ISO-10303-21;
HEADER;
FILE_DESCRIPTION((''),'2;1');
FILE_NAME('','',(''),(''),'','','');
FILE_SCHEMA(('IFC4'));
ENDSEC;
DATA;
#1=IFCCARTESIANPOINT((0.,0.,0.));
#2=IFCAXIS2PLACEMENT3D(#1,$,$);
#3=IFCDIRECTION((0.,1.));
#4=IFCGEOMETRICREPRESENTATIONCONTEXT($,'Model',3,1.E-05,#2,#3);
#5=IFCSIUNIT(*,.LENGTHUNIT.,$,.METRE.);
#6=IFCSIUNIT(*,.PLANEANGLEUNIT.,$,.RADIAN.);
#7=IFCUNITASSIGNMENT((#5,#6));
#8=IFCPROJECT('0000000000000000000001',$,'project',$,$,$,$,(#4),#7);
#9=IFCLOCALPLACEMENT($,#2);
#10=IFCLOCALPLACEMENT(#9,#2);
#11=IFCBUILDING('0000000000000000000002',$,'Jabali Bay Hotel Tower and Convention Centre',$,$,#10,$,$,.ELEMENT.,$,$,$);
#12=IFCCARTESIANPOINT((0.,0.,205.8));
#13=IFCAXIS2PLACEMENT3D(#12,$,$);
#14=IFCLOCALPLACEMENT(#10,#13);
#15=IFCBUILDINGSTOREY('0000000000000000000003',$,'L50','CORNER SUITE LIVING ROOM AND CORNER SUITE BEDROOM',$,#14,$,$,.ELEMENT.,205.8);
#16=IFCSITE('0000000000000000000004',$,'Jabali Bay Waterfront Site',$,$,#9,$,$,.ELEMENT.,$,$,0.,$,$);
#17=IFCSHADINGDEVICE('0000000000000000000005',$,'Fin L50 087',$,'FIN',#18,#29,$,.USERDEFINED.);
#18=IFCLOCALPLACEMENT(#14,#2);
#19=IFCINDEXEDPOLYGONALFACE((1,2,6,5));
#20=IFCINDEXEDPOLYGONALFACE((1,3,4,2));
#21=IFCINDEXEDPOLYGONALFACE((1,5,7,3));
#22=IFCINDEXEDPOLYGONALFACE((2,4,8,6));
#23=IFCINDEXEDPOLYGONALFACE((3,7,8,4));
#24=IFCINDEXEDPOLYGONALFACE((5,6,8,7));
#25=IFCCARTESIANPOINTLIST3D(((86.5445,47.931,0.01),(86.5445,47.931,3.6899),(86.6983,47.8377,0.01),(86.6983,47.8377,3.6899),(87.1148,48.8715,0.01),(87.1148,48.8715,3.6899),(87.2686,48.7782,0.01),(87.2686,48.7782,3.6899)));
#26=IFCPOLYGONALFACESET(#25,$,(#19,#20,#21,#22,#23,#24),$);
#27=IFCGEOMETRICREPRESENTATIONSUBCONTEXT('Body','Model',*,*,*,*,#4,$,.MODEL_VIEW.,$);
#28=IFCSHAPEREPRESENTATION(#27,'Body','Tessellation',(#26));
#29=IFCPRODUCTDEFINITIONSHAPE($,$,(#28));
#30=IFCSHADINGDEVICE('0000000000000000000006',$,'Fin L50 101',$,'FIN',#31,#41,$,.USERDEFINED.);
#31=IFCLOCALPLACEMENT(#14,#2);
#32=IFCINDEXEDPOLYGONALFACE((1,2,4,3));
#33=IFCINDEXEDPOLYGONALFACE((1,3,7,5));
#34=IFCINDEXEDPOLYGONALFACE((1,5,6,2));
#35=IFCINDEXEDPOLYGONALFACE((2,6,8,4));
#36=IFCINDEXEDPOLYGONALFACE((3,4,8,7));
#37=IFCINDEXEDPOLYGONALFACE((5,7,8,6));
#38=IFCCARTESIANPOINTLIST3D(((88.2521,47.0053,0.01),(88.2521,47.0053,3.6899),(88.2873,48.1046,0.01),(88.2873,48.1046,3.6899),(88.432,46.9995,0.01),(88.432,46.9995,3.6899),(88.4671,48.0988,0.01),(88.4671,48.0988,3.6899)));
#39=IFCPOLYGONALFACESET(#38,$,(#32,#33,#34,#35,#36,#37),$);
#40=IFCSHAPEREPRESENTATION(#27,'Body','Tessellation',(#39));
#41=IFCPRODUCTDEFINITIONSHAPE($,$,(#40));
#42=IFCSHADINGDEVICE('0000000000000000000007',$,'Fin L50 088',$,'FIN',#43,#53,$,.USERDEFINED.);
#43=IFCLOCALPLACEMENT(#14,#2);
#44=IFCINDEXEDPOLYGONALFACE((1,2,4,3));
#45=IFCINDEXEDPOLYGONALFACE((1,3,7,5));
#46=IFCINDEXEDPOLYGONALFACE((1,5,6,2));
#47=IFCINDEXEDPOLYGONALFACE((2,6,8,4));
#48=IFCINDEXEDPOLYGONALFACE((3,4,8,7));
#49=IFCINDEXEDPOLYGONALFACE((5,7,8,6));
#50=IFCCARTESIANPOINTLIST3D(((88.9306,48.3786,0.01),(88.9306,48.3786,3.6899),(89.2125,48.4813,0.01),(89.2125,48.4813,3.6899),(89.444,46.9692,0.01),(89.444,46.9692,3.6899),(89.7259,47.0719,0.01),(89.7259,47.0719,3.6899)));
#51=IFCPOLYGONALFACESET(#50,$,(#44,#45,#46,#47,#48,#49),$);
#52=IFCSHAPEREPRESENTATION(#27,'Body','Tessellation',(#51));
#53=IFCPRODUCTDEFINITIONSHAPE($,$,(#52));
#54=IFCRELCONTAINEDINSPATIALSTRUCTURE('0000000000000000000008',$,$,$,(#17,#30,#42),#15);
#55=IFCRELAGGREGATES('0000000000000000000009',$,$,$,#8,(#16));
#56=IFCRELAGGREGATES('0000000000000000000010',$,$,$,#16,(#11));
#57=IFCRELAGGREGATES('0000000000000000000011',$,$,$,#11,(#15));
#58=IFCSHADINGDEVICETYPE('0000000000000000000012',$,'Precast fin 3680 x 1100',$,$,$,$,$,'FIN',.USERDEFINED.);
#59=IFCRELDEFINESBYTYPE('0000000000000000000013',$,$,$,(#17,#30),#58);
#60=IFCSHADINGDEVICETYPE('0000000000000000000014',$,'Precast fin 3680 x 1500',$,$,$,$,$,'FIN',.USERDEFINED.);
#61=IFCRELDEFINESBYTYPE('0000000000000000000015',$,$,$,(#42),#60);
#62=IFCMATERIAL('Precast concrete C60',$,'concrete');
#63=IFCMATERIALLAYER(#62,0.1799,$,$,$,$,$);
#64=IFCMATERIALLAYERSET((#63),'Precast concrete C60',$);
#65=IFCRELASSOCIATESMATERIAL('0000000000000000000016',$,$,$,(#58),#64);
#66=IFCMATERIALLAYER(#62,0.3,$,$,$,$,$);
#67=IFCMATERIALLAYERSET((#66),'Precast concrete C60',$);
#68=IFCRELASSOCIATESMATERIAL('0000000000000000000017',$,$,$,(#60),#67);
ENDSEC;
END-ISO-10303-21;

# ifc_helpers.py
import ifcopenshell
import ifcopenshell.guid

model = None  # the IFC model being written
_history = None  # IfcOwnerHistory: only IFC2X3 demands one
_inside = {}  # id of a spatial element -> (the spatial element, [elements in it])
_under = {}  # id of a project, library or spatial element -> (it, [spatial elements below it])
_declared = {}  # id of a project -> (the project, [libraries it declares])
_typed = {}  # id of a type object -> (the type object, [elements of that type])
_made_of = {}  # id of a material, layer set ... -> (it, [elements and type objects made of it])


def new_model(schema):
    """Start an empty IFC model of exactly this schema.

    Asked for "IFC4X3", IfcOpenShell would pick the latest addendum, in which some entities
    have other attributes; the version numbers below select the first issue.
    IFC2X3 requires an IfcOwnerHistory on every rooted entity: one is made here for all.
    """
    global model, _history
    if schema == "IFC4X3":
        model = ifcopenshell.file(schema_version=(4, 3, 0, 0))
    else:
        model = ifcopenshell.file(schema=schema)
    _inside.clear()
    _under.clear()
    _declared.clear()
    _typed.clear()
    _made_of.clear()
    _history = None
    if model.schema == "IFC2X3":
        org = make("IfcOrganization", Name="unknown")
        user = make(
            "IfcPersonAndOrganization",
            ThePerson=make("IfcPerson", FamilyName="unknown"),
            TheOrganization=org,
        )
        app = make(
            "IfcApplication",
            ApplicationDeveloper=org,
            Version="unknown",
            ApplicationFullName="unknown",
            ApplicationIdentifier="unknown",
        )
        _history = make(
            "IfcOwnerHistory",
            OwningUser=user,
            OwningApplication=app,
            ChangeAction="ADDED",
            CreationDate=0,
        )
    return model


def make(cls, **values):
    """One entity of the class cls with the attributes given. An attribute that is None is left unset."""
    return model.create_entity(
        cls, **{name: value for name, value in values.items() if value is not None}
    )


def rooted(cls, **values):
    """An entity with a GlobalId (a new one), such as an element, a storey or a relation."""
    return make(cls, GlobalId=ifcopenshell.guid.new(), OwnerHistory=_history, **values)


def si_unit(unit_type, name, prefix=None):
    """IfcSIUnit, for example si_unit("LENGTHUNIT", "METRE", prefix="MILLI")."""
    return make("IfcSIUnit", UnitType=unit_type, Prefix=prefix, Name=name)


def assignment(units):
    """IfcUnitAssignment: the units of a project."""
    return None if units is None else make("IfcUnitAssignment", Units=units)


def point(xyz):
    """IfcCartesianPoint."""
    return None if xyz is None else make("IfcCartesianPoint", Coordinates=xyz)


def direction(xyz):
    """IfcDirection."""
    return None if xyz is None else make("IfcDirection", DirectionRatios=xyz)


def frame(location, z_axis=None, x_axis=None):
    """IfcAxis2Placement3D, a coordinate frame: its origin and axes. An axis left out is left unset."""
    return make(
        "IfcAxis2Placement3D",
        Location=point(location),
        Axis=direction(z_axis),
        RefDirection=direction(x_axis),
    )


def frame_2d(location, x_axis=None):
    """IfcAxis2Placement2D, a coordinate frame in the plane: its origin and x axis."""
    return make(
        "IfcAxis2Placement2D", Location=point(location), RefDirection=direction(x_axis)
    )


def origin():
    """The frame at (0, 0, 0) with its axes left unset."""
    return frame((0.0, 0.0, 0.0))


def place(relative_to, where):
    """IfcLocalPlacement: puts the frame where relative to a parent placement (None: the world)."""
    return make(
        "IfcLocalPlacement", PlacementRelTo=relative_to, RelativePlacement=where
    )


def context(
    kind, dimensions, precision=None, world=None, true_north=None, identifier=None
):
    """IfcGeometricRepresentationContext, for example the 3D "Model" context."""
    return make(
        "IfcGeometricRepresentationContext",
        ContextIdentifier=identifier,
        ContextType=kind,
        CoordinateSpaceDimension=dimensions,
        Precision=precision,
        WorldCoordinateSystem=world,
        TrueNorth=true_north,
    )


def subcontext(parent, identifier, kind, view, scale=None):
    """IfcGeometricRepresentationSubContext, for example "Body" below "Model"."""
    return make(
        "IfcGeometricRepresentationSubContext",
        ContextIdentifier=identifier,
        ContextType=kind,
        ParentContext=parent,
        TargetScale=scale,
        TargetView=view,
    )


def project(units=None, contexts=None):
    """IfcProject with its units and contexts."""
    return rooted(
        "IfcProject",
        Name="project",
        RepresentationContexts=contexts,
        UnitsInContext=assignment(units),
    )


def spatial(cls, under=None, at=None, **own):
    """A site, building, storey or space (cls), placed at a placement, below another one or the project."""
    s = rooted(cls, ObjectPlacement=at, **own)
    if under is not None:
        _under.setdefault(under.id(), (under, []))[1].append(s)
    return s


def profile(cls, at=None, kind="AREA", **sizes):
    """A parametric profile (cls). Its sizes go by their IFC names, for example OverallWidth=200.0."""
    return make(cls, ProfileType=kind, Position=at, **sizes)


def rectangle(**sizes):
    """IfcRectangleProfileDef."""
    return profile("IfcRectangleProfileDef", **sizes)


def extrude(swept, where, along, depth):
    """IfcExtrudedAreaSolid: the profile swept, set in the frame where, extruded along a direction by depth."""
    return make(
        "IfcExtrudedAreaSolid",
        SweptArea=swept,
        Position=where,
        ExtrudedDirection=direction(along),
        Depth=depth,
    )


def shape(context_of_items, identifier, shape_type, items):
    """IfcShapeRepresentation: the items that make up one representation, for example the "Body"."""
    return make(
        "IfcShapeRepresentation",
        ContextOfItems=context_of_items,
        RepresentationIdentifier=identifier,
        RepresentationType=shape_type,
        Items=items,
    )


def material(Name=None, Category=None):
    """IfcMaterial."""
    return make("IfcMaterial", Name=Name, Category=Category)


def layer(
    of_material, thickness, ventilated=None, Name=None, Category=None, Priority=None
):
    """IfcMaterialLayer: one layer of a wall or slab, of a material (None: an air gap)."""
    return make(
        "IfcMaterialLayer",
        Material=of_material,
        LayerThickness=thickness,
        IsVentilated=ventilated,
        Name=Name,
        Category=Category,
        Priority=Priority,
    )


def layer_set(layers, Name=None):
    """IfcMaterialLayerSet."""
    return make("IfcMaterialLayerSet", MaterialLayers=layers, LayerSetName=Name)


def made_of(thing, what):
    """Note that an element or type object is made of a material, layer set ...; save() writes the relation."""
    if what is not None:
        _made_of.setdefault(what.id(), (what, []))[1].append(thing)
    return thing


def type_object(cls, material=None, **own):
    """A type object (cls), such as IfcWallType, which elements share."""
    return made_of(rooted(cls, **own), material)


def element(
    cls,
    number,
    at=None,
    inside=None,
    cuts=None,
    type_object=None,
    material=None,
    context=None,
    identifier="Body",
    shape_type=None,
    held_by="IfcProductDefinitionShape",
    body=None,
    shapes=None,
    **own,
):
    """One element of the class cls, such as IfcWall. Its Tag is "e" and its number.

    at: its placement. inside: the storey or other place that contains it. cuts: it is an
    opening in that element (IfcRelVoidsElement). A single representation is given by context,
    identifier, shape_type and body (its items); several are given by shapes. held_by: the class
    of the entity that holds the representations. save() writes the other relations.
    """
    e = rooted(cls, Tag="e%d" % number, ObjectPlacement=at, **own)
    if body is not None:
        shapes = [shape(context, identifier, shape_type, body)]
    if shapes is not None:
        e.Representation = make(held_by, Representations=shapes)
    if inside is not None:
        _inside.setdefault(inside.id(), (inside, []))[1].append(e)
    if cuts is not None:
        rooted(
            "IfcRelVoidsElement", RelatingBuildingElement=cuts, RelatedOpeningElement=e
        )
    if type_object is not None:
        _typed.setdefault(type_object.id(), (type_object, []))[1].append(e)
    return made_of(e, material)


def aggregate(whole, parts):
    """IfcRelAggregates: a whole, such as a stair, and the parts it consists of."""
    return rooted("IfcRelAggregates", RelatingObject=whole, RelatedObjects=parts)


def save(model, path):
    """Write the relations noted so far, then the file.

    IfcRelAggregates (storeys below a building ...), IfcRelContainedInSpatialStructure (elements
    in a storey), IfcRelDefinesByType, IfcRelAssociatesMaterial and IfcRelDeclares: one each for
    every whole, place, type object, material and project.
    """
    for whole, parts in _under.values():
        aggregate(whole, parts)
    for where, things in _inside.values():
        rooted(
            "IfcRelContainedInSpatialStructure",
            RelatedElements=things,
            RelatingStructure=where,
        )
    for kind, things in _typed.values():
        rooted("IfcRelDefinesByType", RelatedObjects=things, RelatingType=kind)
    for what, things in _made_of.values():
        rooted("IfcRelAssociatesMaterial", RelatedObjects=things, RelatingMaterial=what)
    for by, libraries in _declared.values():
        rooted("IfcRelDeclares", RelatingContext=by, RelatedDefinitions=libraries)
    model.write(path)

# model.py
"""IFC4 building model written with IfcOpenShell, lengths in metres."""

from ifc_helpers import new_model, si_unit, direction, frame, frame_2d, origin, place, context, subcontext, project, spatial, rectangle, extrude, material, layer, layer_set, type_object, element, save


model = new_model("IFC4")

# Units and contexts
model_context = context("Model", 3, precision=1e-05, world=origin(), true_north=direction((0.0, 1.0)))
body_context = subcontext(model_context, "Body", "Model", "MODEL_VIEW")
ifc_project = project(units=[si_unit("LENGTHUNIT", "METRE"), si_unit("PLANEANGLEUNIT", "RADIAN")], contexts=[model_context])

# Site, building, storey
site_placement = place(None, origin())
site = spatial("IfcSite", under=ifc_project, at=site_placement, Name="Jabali Bay Waterfront Site", CompositionType="ELEMENT", RefElevation=0.0)
building_placement = place(site_placement, origin())
building = spatial("IfcBuilding", under=site, at=building_placement, Name="Jabali Bay Hotel Tower and Convention Centre", CompositionType="ELEMENT")
storey_placement = place(building_placement, frame((0.0, 0.0, 205.8)))
storey = spatial("IfcBuildingStorey", under=building, at=storey_placement, Name="L50", Description="CORNER SUITE LIVING ROOM AND CORNER SUITE BEDROOM", CompositionType="ELEMENT", Elevation=205.8)

# Shading devices
ifc_material_1 = material(Name="Precast concrete C60", Category="concrete")
ifc_layer_1 = layer(ifc_material_1, 0.1799)
ifc_layer_set_1 = layer_set([ifc_layer_1], Name="Precast concrete C60")
shading_device_type_1 = type_object("IfcShadingDeviceType", Name="Precast fin 3680 x 1100", ElementType="FIN", PredefinedType="USERDEFINED", material=ifc_layer_set_1)
for number, where, z_axis, x_axis, name in (
    (1, (87.1917, 48.8247, 0.01), (0.0, 0.0, 1.0), (-0.518538, -0.855055, 0.0), "Fin L50 087"),
    (2, (88.3772, 48.1016, 0.01), (0.0, 0.0, 1.0), (-0.031962, -0.999489, 0.0), "Fin L50 101"),
):
    element("IfcShadingDevice", number, at=place(storey_placement, frame(where, z_axis=z_axis, x_axis=x_axis)), inside=storey, type_object=shading_device_type_1, Name=name, ObjectType="FIN", PredefinedType="USERDEFINED", context=body_context, shape_type="SweptSolid", body=[
        extrude(rectangle(XDim=1.0999, YDim=0.1799, at=frame_2d((0.5498, 0.0))), origin(), (0.0, 0.0, 1.0), 3.6799),
    ])
ifc_layer_2 = layer(ifc_material_1, 0.3)
ifc_layer_set_2 = layer_set([ifc_layer_2], Name="Precast concrete C60")
shading_device_type_2 = type_object("IfcShadingDeviceType", Name="Precast fin 3680 x 1500", ElementType="FIN", PredefinedType="USERDEFINED", material=ifc_layer_set_2)
shading_device_placement = place(storey_placement, frame((89.0715, 48.4299, 0.01), z_axis=(0.0, 0.0, 1.0), x_axis=(0.342279, -0.939598, 0.0)))
element("IfcShadingDevice", 3, at=shading_device_placement, inside=storey, type_object=shading_device_type_2, Name="Fin L50 088", ObjectType="FIN", PredefinedType="USERDEFINED", context=body_context, shape_type="SweptSolid", body=[
    extrude(rectangle(XDim=1.5, YDim=0.3, at=frame_2d((0.75, 0.0))), origin(), (0.0, 0.0, 1.0), 3.6799),
])

save(model, "model.ifc")
